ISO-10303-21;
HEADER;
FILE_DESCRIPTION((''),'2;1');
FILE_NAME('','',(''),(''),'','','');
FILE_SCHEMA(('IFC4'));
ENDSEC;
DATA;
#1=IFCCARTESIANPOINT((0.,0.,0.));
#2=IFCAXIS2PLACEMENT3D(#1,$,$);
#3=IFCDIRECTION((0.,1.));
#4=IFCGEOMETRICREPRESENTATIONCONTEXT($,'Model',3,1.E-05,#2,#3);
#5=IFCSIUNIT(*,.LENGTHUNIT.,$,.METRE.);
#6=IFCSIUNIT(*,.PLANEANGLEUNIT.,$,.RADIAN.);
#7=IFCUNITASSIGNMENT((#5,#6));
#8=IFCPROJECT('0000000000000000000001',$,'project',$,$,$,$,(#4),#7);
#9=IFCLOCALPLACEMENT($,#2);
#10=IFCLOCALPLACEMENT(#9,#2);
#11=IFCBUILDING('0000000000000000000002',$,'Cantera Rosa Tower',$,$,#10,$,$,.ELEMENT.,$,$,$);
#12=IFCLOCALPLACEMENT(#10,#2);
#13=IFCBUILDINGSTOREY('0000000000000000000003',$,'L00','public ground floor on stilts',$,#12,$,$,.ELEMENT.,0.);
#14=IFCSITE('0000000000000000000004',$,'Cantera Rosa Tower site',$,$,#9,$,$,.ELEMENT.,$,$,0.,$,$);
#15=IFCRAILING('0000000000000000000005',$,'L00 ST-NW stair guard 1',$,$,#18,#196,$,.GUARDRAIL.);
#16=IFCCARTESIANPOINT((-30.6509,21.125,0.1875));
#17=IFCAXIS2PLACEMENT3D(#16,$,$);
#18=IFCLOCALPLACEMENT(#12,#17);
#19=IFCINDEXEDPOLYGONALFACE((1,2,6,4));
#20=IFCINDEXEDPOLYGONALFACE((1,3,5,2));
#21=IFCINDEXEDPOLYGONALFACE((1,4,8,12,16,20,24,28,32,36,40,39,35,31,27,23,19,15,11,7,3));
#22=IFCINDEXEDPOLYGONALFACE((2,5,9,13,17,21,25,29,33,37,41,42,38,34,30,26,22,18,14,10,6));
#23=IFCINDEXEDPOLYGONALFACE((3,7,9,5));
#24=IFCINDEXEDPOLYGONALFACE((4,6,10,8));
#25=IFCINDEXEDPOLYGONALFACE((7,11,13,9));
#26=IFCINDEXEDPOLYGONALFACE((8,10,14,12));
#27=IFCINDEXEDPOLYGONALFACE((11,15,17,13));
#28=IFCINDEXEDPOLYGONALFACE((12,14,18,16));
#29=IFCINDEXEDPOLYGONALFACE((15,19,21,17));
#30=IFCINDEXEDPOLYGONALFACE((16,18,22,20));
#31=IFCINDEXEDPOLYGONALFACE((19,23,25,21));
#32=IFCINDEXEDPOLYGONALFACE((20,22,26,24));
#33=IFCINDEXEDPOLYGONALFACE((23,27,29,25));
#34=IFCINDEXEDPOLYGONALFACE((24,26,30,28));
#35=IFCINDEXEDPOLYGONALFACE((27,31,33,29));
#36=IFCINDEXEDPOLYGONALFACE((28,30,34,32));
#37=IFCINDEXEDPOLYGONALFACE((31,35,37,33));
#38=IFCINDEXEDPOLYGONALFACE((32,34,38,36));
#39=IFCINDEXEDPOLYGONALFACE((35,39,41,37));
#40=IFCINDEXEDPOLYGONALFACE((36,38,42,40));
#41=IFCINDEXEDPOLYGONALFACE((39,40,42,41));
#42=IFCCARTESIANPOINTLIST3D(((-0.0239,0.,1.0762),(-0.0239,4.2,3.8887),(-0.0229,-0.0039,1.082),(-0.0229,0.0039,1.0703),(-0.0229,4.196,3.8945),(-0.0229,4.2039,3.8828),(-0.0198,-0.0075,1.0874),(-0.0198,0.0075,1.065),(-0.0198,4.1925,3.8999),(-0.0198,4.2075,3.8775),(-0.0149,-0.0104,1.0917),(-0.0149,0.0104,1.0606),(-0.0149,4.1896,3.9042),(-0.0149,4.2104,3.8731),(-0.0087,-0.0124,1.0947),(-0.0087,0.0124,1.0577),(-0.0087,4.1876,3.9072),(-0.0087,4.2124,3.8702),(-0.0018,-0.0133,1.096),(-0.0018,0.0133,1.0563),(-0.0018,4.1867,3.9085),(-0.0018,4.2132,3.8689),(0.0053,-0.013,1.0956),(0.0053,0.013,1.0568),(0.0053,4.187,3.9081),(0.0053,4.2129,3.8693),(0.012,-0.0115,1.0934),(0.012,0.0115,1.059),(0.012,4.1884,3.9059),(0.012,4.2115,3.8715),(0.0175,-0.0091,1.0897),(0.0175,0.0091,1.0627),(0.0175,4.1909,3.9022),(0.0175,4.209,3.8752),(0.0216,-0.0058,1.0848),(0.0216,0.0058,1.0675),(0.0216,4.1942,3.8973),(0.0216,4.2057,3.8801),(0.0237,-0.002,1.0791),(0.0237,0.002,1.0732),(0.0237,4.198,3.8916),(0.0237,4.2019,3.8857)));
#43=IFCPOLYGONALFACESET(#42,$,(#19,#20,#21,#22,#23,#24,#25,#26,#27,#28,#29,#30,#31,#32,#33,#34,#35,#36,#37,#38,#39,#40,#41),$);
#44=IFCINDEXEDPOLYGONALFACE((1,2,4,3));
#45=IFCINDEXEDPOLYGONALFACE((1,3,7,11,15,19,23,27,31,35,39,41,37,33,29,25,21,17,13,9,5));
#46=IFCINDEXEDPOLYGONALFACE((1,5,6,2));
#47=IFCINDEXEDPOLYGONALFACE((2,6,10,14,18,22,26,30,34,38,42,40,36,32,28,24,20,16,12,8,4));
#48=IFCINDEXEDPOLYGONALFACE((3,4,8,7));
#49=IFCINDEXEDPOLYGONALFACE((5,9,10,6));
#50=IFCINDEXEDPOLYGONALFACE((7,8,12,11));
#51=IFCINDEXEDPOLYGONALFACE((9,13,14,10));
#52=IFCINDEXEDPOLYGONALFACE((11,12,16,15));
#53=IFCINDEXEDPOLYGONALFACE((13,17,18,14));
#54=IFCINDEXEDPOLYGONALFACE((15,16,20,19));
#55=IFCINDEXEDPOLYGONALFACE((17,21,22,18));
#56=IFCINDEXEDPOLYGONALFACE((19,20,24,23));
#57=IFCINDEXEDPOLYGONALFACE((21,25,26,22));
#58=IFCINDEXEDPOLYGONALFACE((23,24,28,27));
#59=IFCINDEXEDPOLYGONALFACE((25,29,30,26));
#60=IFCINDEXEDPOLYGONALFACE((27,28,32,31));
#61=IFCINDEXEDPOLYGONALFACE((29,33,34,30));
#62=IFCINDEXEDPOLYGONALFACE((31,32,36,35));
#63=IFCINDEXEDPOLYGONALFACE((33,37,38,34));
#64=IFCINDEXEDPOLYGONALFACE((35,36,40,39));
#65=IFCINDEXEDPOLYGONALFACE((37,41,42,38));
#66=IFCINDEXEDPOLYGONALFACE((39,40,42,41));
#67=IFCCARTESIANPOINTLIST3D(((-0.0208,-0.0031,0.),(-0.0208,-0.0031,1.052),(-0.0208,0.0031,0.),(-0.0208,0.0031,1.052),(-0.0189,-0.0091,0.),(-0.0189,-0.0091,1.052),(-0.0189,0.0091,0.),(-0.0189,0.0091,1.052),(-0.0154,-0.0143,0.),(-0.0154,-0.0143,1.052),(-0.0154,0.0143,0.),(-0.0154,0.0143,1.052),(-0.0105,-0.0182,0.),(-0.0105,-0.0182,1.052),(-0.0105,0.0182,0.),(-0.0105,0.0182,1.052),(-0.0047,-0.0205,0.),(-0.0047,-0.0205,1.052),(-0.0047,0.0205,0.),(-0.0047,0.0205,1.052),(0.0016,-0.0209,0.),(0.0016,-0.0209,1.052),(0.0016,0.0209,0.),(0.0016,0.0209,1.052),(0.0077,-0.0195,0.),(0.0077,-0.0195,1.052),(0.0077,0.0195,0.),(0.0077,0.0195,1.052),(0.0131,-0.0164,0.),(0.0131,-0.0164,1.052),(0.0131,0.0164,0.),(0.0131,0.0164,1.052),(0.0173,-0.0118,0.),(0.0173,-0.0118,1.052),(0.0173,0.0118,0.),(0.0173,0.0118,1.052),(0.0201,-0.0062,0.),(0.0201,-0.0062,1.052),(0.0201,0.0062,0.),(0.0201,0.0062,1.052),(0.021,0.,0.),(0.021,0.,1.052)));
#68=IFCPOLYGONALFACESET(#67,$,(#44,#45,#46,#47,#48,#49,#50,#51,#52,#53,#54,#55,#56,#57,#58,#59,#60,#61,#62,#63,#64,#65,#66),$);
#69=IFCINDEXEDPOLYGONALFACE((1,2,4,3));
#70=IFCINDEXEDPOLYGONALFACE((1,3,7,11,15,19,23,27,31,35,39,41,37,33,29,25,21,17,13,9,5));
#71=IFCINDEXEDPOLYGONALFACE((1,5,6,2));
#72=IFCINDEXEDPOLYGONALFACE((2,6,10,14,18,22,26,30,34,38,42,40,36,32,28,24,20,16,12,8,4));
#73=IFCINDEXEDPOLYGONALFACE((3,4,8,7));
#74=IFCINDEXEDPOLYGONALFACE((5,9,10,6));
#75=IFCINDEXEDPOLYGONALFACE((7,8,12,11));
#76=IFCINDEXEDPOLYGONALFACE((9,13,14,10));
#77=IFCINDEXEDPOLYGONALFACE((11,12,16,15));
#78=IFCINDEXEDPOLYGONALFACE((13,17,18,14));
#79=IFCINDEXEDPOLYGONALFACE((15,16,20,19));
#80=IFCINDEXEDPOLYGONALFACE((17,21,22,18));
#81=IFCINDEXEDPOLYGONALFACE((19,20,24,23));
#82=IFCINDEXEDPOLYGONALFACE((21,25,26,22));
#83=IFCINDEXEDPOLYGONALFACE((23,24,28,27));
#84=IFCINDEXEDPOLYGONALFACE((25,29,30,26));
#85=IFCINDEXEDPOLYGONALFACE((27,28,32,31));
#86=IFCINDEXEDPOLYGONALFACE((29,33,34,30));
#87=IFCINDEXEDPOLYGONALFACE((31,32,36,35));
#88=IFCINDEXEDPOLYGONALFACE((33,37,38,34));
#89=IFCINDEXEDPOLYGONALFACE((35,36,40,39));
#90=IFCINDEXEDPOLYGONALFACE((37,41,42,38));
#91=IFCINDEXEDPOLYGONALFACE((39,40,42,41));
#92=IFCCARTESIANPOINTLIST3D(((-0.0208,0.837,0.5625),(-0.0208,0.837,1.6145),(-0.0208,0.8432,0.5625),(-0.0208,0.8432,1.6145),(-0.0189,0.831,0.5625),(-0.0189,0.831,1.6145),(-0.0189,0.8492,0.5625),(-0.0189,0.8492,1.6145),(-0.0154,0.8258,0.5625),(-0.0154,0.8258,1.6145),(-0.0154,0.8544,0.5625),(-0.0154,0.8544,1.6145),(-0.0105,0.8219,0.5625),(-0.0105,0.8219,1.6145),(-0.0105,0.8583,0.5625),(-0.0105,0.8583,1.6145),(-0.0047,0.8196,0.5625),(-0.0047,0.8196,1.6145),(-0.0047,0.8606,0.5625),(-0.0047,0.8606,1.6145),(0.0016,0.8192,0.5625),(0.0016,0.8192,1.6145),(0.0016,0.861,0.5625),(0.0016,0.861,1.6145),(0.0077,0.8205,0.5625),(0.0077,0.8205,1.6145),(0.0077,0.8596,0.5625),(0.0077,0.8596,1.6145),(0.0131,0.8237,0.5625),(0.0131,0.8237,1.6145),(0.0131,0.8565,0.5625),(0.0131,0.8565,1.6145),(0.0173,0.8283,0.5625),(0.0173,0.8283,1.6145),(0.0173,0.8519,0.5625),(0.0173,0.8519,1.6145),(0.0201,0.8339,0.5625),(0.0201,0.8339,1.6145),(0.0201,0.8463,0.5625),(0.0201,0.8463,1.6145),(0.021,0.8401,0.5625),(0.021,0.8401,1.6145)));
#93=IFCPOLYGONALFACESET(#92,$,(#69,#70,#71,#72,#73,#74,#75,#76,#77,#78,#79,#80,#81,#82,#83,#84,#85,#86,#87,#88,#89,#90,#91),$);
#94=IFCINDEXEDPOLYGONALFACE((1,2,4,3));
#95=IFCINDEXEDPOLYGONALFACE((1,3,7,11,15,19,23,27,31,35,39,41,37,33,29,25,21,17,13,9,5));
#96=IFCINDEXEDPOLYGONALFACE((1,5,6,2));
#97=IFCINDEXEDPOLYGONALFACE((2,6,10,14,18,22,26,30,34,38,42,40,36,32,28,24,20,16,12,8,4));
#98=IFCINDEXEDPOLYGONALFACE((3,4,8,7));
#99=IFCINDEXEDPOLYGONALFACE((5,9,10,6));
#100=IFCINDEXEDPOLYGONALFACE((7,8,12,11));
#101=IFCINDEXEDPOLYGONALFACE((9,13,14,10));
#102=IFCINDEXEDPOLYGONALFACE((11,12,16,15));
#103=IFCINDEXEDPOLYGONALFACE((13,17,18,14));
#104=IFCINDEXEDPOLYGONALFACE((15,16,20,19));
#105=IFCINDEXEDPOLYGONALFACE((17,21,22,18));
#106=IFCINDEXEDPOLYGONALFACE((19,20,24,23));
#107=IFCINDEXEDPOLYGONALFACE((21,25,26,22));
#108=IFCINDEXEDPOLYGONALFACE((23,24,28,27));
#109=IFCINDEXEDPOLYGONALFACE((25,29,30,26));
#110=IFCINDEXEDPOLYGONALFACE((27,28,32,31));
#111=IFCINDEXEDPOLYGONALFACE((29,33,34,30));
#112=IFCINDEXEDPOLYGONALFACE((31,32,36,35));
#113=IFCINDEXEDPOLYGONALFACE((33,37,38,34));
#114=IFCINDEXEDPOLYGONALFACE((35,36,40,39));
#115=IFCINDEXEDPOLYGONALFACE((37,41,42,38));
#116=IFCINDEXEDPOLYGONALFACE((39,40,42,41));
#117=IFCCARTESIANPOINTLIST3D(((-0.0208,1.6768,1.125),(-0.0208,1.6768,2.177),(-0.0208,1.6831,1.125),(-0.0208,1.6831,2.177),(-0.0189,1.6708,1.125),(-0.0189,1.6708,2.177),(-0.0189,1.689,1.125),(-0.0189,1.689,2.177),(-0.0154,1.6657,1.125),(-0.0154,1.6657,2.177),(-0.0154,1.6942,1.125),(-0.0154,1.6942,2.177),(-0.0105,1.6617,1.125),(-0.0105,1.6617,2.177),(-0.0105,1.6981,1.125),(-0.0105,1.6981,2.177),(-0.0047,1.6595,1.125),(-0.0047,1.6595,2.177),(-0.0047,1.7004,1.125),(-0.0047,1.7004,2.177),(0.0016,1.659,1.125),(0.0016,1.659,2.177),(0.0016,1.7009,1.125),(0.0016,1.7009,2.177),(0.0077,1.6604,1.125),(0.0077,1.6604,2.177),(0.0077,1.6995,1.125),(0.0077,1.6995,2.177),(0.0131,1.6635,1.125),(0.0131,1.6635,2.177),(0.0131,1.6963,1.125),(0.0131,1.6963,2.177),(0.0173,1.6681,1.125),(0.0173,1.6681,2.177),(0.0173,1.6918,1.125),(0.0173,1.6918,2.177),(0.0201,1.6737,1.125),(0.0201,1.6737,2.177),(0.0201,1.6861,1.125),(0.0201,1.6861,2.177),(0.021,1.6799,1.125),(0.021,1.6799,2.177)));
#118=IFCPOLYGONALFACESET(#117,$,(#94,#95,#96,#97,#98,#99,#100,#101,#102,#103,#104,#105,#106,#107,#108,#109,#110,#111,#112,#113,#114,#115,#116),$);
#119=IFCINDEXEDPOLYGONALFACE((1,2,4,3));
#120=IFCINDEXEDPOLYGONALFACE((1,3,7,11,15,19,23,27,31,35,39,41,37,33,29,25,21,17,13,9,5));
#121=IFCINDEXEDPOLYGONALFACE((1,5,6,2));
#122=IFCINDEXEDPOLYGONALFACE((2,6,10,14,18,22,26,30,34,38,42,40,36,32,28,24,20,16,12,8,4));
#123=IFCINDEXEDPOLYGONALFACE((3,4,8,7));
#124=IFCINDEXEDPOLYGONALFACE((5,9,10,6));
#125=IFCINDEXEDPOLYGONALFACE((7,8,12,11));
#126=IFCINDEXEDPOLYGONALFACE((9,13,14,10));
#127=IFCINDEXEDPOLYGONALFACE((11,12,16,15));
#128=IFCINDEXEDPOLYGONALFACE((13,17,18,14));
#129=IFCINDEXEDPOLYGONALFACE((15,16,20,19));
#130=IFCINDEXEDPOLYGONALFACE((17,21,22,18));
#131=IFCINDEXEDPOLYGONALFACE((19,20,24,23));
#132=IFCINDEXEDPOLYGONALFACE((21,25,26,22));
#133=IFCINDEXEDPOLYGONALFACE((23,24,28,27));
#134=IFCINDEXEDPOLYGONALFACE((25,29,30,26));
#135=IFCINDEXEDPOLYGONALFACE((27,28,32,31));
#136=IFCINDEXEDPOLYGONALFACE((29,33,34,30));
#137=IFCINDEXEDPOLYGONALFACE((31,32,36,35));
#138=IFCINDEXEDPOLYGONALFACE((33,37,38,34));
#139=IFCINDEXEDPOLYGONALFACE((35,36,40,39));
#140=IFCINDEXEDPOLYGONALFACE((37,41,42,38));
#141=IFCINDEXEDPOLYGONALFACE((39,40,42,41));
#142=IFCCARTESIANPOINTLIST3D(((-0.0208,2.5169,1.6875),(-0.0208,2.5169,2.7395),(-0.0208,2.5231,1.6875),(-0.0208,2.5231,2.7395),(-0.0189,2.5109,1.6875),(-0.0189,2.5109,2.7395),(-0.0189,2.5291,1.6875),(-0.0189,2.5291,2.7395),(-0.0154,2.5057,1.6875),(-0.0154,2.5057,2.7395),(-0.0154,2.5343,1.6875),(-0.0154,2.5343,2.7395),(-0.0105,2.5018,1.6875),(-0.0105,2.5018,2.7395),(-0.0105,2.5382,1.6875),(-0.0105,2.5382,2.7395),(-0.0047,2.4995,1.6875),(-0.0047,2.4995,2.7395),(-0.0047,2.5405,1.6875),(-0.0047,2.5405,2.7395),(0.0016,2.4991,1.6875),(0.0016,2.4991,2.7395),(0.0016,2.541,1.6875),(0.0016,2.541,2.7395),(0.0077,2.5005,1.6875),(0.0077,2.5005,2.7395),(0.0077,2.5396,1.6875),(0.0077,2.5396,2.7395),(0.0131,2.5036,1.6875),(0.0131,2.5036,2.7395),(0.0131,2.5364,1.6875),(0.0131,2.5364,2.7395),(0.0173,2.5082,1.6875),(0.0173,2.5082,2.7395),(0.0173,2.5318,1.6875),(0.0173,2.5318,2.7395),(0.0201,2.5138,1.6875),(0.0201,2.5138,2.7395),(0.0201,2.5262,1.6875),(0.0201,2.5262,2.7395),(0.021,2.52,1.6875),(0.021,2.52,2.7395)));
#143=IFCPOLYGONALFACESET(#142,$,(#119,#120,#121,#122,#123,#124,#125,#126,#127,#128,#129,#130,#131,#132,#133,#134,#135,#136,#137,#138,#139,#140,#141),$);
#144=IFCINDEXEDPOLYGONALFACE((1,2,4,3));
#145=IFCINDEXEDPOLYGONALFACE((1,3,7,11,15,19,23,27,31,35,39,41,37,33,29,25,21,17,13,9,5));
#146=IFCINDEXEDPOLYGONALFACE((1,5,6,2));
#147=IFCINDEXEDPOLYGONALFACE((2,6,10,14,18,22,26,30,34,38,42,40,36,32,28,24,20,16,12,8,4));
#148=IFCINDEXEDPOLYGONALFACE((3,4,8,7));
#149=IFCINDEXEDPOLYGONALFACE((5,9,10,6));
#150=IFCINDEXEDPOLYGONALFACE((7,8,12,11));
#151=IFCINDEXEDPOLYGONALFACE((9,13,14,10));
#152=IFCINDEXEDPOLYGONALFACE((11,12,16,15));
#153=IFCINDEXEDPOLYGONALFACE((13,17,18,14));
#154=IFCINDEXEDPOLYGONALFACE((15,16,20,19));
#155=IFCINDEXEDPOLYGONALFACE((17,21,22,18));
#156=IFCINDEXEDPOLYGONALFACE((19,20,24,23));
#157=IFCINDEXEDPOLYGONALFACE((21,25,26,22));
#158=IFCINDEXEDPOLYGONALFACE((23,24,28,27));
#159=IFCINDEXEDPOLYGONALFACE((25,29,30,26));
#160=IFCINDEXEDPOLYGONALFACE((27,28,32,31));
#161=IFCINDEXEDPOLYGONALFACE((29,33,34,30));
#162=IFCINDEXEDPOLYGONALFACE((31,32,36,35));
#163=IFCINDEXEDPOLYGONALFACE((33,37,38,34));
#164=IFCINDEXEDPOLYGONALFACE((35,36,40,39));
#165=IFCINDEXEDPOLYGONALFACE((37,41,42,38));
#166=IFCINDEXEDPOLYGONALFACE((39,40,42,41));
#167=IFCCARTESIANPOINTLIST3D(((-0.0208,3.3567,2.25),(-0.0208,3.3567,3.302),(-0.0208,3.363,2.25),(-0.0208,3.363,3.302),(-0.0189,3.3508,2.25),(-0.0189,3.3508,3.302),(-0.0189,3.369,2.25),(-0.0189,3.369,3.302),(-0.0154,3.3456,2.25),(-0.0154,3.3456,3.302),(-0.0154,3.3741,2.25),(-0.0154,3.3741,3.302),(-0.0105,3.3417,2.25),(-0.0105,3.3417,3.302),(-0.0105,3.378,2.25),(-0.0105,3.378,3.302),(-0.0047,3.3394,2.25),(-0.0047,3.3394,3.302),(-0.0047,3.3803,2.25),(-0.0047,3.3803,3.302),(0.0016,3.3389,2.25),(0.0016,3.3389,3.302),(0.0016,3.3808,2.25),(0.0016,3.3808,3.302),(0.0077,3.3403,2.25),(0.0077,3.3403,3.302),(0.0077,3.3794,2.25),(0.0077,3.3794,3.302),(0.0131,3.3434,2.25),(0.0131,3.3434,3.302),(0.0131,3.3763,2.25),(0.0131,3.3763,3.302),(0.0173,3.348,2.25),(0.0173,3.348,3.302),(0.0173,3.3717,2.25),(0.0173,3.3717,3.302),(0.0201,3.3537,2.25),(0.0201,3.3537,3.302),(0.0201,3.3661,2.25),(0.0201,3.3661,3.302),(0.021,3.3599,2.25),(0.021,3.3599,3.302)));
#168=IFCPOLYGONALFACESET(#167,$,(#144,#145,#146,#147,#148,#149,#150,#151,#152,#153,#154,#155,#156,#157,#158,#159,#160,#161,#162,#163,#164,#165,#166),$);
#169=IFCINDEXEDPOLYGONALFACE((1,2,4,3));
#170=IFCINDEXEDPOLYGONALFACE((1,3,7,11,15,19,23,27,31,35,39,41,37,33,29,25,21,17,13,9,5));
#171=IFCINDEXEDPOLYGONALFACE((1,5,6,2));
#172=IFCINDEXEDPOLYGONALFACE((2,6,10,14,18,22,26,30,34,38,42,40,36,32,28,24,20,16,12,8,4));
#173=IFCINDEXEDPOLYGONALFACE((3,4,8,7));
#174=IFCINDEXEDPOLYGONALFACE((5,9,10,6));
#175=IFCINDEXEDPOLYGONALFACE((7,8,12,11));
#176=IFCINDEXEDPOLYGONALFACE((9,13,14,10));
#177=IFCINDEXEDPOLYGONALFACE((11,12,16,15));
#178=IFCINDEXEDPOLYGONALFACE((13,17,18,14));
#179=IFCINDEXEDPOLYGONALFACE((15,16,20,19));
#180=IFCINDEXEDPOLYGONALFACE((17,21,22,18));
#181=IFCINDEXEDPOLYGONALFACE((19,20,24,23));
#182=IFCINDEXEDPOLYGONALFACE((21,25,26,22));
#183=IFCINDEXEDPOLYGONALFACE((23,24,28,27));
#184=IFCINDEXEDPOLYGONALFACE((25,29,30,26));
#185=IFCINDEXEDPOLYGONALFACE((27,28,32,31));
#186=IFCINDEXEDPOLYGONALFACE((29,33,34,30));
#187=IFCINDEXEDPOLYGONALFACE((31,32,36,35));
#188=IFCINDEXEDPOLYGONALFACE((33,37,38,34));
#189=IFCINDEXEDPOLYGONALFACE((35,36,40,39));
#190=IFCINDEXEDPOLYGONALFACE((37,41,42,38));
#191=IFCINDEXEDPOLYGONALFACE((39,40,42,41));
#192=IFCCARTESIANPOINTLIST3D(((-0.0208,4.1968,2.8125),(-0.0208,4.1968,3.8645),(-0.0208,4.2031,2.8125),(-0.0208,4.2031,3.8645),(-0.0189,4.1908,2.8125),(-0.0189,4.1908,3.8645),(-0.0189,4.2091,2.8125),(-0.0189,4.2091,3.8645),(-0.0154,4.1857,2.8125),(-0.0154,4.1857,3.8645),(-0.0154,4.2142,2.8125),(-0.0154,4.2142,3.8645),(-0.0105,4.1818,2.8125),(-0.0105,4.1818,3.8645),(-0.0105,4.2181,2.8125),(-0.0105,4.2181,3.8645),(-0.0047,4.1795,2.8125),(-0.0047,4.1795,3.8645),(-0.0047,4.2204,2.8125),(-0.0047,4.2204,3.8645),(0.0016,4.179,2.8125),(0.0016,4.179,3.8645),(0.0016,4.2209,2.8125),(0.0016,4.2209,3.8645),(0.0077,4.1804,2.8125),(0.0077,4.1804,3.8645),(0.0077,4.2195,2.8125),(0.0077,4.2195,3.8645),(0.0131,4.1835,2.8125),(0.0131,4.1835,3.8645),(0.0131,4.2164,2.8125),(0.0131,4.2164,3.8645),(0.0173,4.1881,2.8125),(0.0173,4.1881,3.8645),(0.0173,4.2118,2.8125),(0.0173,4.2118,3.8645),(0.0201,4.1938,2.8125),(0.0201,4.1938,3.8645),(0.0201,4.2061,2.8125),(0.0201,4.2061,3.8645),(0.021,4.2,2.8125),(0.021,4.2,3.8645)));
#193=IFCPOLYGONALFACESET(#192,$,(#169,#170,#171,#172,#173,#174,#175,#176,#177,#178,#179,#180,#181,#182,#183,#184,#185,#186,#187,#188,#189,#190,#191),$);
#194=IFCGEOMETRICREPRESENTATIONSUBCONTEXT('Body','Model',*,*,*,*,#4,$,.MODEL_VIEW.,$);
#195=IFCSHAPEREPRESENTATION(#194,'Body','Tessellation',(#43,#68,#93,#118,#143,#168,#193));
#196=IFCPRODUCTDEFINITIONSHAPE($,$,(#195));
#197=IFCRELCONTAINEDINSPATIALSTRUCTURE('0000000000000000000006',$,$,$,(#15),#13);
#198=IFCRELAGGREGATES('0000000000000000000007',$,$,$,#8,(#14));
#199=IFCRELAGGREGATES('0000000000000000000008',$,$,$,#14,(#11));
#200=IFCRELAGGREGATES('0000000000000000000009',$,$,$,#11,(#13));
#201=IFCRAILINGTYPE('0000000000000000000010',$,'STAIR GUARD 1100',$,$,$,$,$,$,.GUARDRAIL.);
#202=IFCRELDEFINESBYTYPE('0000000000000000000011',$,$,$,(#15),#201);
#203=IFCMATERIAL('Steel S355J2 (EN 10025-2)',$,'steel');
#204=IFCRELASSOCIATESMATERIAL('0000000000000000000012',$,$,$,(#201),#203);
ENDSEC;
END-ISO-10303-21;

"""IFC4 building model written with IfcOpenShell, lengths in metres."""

from ifc_helpers import new_model, si_unit, direction, frame, origin, origin_2d, place, context, subcontext, project, spatial, circle, extrude, material, type_object, element, save


model = new_model("IFC4")

# Units and contexts
model_context = context("Model", 3, precision=1e-05, world=origin(), true_north=direction((0.0, 1.0)))
body_context = subcontext(model_context, "Body", "Model", "MODEL_VIEW")
ifc_project = project(units=[si_unit("LENGTHUNIT", "METRE"), si_unit("PLANEANGLEUNIT", "RADIAN")], contexts=[model_context])

# Site, building, storey
site_placement = place(None, origin())
site = spatial("IfcSite", under=ifc_project, at=site_placement, Name="Cantera Rosa Tower site", CompositionType="ELEMENT", RefElevation=0.0)
building_placement = place(site_placement, origin())
building = spatial("IfcBuilding", under=site, at=building_placement, Name="Cantera Rosa Tower", CompositionType="ELEMENT")
storey_placement = place(building_placement, origin())
storey = spatial("IfcBuildingStorey", under=building, at=storey_placement, Name="L00", Description="public ground floor on stilts", CompositionType="ELEMENT", Elevation=0.0)

# Railing
ifc_material_1 = material(Name="Steel S355J2 (EN 10025-2)", Category="steel")
railing_type_1 = type_object("IfcRailingType", Name="STAIR GUARD 1100", PredefinedType="GUARDRAIL", material=ifc_material_1)
railing_1_placement = place(storey_placement, frame((-30.6509, 21.125, 0.1875)))
element("IfcRailing", 1, at=railing_1_placement, inside=storey, type_object=railing_type_1, Name="L00 ST-NW stair guard 1", PredefinedType="GUARDRAIL", context=body_context, shape_type="SweptSolid", body=[
    extrude(circle(Radius=0.0239, at=origin_2d()), frame((0.0, 0.0, 1.0762), z_axis=(0.0, 0.830904, 0.556416), x_axis=(-1.0, 0.0, 0.0)), (0.0, 0.0, 1.0), 5.0547),
    extrude(circle(Radius=0.021, at=origin_2d()), origin(), (0.0, 0.0, 1.0), 1.052),
    extrude(circle(Radius=0.021, at=origin_2d()), frame((0.0, 0.8401, 0.5625)), (0.0, 0.0, 1.0), 1.052),
    extrude(circle(Radius=0.021, at=origin_2d()), frame((0.0, 1.6799, 1.125)), (0.0, 0.0, 1.0), 1.052),
    extrude(circle(Radius=0.021, at=origin_2d()), frame((0.0, 2.52, 1.6875)), (0.0, 0.0, 1.0), 1.052),
    extrude(circle(Radius=0.021, at=origin_2d()), frame((0.0, 3.3599, 2.25)), (0.0, 0.0, 1.0), 1.052),
    extrude(circle(Radius=0.021, at=origin_2d()), frame((0.0, 4.2, 2.8125)), (0.0, 0.0, 1.0), 1.052),
])

save(model, "model.ifc")
